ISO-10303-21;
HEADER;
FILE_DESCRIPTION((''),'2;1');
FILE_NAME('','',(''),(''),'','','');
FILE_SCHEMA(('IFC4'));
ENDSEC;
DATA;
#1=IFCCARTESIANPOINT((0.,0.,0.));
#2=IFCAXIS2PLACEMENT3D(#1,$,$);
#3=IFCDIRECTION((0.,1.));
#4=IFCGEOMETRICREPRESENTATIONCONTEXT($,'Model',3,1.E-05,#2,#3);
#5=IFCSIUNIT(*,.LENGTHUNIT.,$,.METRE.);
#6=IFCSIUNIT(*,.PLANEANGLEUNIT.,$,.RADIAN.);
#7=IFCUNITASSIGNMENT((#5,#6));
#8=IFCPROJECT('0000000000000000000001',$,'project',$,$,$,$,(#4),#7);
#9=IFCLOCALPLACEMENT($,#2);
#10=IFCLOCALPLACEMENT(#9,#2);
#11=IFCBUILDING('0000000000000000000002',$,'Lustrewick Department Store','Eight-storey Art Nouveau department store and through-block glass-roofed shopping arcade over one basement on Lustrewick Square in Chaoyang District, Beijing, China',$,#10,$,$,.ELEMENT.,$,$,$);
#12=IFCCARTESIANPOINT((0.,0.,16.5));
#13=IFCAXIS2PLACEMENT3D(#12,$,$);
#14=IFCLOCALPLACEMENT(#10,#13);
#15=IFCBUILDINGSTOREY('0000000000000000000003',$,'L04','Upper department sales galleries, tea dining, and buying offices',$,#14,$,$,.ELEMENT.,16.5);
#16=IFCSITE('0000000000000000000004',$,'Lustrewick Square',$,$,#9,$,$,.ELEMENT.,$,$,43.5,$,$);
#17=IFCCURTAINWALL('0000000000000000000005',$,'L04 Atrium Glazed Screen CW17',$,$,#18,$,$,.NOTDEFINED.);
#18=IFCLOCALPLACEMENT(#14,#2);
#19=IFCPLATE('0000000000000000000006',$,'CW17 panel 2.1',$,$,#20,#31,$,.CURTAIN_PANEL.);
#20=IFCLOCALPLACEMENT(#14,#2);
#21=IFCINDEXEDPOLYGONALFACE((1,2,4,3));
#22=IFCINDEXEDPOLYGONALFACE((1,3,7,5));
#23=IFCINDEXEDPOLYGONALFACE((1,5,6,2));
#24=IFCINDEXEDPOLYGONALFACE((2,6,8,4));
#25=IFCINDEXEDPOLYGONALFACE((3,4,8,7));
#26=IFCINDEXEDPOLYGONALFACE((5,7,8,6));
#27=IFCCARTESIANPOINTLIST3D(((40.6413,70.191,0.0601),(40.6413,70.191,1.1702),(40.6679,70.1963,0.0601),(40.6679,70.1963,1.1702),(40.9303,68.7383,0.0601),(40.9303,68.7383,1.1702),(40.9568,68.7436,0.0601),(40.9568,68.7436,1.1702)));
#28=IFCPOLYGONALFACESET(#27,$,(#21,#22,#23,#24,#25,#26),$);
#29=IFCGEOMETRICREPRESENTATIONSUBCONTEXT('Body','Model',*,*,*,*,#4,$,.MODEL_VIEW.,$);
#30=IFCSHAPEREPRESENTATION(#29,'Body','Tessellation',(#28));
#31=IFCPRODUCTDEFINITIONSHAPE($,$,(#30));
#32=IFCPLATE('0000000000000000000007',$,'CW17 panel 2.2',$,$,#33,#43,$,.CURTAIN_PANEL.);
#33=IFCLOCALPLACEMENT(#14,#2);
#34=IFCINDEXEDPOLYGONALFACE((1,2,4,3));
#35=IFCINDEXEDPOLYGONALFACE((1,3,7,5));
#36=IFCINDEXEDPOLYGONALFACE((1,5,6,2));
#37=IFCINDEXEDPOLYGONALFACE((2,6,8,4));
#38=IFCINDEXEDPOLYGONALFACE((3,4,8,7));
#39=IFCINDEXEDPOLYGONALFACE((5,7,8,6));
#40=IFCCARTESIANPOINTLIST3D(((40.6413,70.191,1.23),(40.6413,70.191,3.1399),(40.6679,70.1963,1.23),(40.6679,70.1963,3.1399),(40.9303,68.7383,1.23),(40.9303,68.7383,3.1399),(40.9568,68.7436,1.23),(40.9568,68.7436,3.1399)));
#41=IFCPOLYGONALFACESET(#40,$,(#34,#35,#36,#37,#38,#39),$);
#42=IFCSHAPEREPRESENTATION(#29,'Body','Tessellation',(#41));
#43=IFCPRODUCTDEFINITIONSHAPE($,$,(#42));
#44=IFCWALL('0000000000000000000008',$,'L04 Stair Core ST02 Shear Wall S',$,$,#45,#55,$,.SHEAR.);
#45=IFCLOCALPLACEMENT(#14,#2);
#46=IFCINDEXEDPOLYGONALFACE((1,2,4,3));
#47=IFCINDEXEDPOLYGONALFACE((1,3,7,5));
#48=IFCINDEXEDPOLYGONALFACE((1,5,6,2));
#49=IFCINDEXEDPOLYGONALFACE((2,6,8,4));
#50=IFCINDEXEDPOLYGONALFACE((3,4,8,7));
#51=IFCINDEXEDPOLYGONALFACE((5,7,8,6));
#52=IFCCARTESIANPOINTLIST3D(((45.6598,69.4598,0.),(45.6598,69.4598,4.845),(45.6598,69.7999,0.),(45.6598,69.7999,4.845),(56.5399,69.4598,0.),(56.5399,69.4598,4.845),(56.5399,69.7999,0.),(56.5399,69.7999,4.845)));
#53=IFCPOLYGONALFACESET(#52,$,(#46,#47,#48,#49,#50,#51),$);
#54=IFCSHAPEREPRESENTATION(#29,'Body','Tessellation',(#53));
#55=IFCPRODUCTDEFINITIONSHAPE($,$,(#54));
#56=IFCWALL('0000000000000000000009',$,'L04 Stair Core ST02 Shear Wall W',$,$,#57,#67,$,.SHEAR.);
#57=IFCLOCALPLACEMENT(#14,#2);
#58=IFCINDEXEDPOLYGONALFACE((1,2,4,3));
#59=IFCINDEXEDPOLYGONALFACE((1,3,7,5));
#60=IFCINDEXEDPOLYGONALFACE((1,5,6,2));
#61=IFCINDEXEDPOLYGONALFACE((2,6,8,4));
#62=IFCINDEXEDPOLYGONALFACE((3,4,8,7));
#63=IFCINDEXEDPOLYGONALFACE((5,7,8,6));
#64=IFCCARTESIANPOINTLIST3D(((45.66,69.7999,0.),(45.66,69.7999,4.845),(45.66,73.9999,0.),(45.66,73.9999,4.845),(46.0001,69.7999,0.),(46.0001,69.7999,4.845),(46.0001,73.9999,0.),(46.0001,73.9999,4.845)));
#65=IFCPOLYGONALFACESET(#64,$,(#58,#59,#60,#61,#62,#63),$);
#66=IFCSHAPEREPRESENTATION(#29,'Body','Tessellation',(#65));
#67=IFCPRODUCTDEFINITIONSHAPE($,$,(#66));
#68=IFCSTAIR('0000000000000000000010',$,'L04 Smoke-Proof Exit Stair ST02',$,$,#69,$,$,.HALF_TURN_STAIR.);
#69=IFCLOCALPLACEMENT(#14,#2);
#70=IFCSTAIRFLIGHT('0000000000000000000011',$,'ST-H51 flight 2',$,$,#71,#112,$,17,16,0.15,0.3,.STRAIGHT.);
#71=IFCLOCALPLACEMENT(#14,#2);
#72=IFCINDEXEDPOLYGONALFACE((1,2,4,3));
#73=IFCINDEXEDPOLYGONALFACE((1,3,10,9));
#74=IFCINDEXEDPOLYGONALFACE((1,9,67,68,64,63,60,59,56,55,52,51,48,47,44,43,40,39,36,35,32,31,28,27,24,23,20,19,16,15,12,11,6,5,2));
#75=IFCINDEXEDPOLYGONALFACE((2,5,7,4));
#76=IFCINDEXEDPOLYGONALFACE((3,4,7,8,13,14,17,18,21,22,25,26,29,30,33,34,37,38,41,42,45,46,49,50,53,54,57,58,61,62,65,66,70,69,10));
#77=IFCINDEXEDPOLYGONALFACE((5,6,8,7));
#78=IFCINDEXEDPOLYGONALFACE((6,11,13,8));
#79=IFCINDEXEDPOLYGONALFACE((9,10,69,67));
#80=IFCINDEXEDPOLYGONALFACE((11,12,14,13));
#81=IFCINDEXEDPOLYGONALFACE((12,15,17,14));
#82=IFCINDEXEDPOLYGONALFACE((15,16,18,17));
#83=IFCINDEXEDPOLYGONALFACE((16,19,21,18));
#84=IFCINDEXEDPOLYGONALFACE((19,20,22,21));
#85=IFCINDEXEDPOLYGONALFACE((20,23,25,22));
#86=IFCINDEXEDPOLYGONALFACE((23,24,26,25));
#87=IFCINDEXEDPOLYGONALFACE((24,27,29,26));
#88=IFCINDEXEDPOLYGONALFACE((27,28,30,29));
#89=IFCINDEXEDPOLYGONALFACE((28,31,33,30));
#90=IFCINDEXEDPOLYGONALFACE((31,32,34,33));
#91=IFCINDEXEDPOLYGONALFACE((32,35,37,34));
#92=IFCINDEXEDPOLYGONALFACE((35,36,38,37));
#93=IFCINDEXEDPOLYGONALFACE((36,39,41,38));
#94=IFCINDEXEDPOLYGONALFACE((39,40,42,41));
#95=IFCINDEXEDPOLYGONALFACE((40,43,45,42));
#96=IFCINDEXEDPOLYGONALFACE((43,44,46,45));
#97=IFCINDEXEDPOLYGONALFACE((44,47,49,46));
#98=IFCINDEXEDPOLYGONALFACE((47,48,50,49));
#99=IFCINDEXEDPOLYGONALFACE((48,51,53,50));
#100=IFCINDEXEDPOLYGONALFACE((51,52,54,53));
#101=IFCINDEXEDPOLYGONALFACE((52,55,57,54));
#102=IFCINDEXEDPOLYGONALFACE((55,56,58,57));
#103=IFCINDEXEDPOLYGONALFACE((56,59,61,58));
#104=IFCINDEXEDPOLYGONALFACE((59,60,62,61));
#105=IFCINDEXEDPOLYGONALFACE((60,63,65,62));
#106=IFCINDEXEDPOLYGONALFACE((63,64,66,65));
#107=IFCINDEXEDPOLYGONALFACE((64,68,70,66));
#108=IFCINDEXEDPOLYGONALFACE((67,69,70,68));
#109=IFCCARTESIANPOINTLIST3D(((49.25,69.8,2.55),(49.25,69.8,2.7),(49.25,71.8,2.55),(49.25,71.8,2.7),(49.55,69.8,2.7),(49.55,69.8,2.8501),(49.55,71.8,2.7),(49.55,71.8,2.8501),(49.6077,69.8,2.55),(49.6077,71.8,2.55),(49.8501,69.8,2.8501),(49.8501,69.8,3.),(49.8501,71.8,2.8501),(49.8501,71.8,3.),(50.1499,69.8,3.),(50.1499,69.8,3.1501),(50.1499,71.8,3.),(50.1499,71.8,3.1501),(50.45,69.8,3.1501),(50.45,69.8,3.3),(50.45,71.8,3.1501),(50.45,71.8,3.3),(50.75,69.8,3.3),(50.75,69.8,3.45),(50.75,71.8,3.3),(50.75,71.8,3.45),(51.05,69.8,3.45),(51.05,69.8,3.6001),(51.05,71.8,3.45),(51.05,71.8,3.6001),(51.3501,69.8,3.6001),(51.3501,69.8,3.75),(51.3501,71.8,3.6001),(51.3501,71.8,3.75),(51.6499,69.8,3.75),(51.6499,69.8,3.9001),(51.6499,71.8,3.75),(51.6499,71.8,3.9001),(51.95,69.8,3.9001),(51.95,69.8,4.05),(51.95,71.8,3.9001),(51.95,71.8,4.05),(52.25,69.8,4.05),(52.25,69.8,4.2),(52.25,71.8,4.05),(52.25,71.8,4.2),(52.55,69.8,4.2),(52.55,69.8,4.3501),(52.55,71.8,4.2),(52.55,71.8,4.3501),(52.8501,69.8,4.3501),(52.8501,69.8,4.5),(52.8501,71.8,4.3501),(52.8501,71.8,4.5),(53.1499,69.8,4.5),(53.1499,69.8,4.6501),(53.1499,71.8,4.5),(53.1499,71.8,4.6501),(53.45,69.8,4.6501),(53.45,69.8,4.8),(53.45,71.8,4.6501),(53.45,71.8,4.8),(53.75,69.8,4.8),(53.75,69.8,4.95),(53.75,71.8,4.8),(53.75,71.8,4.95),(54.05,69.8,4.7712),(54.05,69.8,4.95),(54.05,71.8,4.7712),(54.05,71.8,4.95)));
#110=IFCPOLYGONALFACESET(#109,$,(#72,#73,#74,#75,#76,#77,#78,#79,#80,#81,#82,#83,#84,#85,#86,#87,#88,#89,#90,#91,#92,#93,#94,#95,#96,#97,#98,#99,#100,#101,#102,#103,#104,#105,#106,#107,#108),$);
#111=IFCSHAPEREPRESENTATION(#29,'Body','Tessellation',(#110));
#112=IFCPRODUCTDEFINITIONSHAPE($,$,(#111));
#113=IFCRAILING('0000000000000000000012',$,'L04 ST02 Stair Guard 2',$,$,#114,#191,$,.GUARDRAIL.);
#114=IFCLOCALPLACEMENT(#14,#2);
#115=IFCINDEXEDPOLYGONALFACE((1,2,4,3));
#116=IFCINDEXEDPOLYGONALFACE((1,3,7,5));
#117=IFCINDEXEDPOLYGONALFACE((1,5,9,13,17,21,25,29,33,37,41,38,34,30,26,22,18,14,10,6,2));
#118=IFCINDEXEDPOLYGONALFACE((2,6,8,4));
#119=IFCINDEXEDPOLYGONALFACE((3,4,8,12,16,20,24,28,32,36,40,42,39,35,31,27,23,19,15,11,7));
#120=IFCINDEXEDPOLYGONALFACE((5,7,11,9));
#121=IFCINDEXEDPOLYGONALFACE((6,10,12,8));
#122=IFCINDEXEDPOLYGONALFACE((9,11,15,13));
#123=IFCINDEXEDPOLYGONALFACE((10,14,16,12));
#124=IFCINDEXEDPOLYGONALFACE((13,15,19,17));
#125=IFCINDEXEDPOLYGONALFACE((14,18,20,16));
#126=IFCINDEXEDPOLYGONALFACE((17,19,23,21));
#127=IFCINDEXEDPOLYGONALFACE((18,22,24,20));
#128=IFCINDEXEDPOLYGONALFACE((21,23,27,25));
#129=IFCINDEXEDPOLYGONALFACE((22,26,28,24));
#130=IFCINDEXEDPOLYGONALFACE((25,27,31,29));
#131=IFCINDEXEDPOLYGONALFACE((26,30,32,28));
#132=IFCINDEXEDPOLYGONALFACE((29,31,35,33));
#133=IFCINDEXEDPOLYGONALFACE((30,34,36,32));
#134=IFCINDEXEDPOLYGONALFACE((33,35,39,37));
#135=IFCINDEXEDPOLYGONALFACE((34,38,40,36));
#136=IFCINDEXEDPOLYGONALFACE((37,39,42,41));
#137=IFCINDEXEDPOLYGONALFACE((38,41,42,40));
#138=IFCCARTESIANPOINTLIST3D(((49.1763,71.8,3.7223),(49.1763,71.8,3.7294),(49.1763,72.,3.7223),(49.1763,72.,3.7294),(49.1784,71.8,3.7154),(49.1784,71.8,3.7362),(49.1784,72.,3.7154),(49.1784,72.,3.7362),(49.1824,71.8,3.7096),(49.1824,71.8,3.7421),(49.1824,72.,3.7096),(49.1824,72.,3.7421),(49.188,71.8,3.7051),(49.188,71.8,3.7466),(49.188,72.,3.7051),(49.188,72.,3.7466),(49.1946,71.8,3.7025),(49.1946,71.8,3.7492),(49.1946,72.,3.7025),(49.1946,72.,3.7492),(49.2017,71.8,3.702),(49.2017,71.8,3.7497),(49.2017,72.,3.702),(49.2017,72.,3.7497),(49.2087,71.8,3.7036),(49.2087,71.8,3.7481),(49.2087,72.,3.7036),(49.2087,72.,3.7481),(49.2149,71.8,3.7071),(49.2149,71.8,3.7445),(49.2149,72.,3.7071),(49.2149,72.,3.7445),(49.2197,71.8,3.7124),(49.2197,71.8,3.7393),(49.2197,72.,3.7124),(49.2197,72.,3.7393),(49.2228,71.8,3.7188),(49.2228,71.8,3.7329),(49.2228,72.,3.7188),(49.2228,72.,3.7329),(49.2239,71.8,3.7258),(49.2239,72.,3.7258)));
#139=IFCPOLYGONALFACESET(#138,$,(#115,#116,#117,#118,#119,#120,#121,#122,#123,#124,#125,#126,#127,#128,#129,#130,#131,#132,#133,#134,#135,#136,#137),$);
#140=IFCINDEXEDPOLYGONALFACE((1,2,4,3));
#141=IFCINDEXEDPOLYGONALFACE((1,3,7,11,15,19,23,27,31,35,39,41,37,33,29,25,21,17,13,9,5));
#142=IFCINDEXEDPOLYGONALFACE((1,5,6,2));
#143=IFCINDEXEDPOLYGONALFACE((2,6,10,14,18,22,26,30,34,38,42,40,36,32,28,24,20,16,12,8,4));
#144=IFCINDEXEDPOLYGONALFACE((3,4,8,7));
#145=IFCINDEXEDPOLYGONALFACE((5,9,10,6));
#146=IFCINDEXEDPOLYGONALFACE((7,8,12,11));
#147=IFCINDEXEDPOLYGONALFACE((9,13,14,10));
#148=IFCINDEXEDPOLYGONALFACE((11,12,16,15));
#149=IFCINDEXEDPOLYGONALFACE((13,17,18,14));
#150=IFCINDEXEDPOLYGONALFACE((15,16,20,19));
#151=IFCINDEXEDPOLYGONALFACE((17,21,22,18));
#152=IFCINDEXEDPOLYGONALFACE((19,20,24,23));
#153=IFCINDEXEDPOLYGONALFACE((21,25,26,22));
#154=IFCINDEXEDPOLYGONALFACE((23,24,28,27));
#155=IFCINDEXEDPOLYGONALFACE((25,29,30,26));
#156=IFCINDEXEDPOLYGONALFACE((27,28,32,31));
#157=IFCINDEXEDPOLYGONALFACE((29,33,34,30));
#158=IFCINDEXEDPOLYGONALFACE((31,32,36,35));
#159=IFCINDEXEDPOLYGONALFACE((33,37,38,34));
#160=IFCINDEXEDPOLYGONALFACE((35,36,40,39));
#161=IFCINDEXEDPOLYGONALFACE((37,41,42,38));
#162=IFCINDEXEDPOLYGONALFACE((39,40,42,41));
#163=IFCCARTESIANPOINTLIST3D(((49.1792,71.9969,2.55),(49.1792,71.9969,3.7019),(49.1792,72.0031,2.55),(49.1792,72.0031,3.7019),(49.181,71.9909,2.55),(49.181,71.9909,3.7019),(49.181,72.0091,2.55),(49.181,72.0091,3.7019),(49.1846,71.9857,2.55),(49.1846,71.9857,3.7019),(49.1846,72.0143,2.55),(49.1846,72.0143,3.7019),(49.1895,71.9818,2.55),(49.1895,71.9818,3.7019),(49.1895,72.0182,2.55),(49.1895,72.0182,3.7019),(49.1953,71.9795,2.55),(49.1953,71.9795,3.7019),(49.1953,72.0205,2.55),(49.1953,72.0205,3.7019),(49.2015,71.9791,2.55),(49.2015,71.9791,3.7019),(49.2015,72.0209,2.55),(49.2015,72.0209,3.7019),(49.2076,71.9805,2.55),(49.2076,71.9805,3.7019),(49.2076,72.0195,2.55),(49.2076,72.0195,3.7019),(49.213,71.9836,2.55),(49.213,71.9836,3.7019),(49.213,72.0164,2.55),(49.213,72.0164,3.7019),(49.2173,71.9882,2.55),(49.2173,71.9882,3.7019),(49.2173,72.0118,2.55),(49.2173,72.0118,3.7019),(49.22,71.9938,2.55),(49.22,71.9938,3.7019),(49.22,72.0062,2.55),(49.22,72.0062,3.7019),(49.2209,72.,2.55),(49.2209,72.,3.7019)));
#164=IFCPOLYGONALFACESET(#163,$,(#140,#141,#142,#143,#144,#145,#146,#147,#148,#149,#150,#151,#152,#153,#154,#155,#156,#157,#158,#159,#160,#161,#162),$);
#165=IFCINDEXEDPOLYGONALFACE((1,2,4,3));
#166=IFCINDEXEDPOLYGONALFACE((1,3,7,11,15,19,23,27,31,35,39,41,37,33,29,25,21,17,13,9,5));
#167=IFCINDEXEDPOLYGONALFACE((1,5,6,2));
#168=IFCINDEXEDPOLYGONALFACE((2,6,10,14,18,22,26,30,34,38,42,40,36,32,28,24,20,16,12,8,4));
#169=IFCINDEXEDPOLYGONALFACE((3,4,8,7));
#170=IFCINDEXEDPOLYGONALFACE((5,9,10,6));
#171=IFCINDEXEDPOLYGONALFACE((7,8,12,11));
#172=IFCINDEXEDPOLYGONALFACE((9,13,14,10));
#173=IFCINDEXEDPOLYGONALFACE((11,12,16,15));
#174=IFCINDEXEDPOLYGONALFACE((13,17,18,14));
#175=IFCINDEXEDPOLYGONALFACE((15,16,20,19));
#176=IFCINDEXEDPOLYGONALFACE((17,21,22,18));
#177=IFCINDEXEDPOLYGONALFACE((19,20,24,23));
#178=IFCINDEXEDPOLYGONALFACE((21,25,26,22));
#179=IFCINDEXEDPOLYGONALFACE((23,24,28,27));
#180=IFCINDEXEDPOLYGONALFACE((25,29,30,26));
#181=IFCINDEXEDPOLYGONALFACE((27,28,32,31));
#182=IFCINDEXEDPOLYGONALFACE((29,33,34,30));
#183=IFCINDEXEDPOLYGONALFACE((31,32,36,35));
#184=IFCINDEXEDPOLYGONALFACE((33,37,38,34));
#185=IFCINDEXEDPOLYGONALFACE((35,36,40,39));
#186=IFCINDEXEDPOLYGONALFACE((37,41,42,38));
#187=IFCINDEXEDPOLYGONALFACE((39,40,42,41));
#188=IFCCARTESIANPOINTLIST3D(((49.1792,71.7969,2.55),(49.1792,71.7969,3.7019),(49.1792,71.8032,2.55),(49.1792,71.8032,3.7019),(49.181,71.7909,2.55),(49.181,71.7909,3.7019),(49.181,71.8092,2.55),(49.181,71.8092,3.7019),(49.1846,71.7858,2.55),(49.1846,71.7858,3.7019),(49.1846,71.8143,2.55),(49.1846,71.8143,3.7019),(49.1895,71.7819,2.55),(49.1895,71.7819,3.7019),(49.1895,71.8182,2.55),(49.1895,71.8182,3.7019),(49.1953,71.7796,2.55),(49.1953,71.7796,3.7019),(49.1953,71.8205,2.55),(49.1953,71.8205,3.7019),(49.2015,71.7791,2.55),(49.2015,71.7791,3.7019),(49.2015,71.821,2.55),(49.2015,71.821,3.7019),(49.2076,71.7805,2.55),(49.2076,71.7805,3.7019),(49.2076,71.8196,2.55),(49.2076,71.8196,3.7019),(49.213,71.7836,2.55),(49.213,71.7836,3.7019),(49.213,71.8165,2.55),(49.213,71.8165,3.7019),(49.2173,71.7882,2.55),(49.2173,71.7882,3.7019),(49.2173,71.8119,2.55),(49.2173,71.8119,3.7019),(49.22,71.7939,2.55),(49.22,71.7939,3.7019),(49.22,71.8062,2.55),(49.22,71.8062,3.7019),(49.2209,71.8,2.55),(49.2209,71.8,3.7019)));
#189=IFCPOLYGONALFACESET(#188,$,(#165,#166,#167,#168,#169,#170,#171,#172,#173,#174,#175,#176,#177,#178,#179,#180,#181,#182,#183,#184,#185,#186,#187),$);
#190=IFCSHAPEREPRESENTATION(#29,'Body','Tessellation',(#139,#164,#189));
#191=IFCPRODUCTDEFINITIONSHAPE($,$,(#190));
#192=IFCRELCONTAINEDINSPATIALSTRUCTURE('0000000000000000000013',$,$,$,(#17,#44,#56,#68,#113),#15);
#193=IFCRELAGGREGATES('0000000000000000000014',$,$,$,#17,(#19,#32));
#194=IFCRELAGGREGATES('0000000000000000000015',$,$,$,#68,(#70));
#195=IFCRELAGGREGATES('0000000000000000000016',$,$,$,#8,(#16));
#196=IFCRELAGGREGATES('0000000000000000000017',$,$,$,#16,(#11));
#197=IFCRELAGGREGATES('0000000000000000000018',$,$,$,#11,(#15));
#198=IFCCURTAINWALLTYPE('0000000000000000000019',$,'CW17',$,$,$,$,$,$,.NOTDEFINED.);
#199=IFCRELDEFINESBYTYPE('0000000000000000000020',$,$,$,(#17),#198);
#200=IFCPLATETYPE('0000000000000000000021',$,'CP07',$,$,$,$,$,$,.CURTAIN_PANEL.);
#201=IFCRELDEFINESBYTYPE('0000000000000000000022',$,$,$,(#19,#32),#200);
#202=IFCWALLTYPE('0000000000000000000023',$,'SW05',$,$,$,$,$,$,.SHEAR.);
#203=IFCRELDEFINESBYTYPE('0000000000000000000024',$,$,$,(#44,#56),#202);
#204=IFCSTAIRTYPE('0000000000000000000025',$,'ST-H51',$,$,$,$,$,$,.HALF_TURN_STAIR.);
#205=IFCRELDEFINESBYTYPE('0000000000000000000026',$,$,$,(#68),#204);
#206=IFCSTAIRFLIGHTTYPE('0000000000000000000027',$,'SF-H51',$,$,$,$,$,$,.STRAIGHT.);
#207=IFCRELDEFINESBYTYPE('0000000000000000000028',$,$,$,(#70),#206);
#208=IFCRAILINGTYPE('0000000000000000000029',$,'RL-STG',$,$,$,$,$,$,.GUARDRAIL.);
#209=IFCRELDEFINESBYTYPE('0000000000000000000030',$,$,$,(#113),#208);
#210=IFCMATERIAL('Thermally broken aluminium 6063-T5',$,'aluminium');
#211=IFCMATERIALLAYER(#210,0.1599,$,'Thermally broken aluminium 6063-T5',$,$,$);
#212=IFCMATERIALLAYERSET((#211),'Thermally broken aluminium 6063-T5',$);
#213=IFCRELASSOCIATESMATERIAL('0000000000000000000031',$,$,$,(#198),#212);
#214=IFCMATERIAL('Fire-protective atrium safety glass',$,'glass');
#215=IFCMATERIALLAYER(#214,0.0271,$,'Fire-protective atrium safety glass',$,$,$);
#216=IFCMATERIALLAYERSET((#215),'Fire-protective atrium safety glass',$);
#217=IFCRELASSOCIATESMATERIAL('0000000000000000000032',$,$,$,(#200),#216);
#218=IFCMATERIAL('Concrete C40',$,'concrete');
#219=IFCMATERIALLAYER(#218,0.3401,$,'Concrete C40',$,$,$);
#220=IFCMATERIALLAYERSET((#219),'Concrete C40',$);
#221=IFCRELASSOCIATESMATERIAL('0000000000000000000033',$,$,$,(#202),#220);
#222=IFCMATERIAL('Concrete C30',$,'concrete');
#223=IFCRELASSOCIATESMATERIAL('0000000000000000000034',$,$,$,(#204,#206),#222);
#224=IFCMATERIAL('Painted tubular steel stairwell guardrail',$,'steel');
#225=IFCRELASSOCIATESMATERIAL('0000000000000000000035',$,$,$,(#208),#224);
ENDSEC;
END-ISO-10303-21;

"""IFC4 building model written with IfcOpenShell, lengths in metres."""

from ifc_helpers import new_model, si_unit, direction, frame, frame_2d, origin, origin_2d, place, context, subcontext, project, spatial, polyline, rectangle, circle, outline, extrude, material, layer, layer_set, type_object, element, aggregate, save


model = new_model("IFC4")

# Units and contexts
model_context = context("Model", 3, precision=1e-05, world=origin(), true_north=direction((0.0, 1.0)))
body_context = subcontext(model_context, "Body", "Model", "MODEL_VIEW")
ifc_project = project(units=[si_unit("LENGTHUNIT", "METRE"), si_unit("PLANEANGLEUNIT", "RADIAN")], contexts=[model_context])

# Site, building, storey
site_placement = place(None, origin())
site = spatial("IfcSite", under=ifc_project, at=site_placement, Name="Lustrewick Square", CompositionType="ELEMENT", RefElevation=43.5)
building_placement = place(site_placement, origin())
building = spatial("IfcBuilding", under=site, at=building_placement, Name="Lustrewick Department Store", Description="Eight-storey Art Nouveau department store and through-block glass-roofed shopping arcade over one basement on Lustrewick Square in Chaoyang District, Beijing, China", CompositionType="ELEMENT")
storey_placement = place(building_placement, frame((0.0, 0.0, 16.5)))
storey = spatial("IfcBuildingStorey", under=building, at=storey_placement, Name="L04", Description="Upper department sales galleries, tea dining, and buying offices", CompositionType="ELEMENT", Elevation=16.5)

# Curtain wall
ifc_material_1 = material(Name="Thermally broken aluminium 6063-T5", Category="aluminium")
ifc_layer_1 = layer(ifc_material_1, 0.1599, Name="Thermally broken aluminium 6063-T5")
ifc_layer_set_1 = layer_set([ifc_layer_1], Name="Thermally broken aluminium 6063-T5")
curtain_wall_type = type_object("IfcCurtainWallType", Name="CW17", PredefinedType="NOTDEFINED", material=ifc_layer_set_1)
curtain_wall_placement = place(storey_placement, origin())
curtain_wall = element("IfcCurtainWall", 1, at=curtain_wall_placement, inside=storey, type_object=curtain_wall_type, Name="L04 Atrium Glazed Screen CW17", PredefinedType="NOTDEFINED")

# Plates
ifc_material_2 = material(Name="Fire-protective atrium safety glass", Category="glass")
ifc_layer_2 = layer(ifc_material_2, 0.0271, Name="Fire-protective atrium safety glass")
ifc_layer_set_2 = layer_set([ifc_layer_2], Name="Fire-protective atrium safety glass")
plate_type = type_object("IfcPlateType", Name="CP07", PredefinedType="CURTAIN_PANEL", material=ifc_layer_set_2)
plate_1_placement = place(storey_placement, frame((40.7991, 69.4673, 0.0601), z_axis=(0.0, 0.0, 1.0), x_axis=(-0.195085, 0.980786, 0.0)))
plate_1 = element("IfcPlate", 2, at=plate_1_placement, type_object=plate_type, Name="CW17 panel 2.1", PredefinedType="CURTAIN_PANEL", context=body_context, shape_type="SweptSolid", body=[
    extrude(rectangle(XDim=1.4812, YDim=0.0271, at=origin_2d()), origin(), (0.0, 0.0, 1.0), 1.1101),
])
plate_2_placement = place(storey_placement, frame((40.7991, 69.4673, 1.23), z_axis=(0.0, 0.0, 1.0), x_axis=(-0.195085, 0.980786, 0.0)))
plate_2 = element("IfcPlate", 3, at=plate_2_placement, type_object=plate_type, Name="CW17 panel 2.2", PredefinedType="CURTAIN_PANEL", context=body_context, shape_type="SweptSolid", body=[
    extrude(rectangle(XDim=1.4812, YDim=0.0271, at=origin_2d()), origin(), (0.0, 0.0, 1.0), 1.9099),
])
aggregate(curtain_wall, [plate_1, plate_2])

# Walls
ifc_material_3 = material(Name="Concrete C40", Category="concrete")
ifc_layer_3 = layer(ifc_material_3, 0.3401, Name="Concrete C40")
ifc_layer_set_3 = layer_set([ifc_layer_3], Name="Concrete C40")
wall_type = type_object("IfcWallType", Name="SW05", PredefinedType="SHEAR", material=ifc_layer_set_3)
wall_1_placement = place(storey_placement, frame((45.6599, 69.6299, 0.0), z_axis=(0.0, 0.0, 1.0), x_axis=(1.0, 0.0, 0.0)))
element("IfcWall", 4, at=wall_1_placement, inside=storey, type_object=wall_type, Name="L04 Stair Core ST02 Shear Wall S", PredefinedType="SHEAR", context=body_context, shape_type="SweptSolid", body=[
    extrude(rectangle(XDim=10.8801, YDim=0.3401, at=frame_2d((5.4399, 0.0))), origin(), (0.0, 0.0, 1.0), 4.845),
])
wall_2_placement = place(storey_placement, frame((45.8301, 74.0, 0.0), z_axis=(0.0, 0.0, 1.0), x_axis=(0.0, -1.0, 0.0)))
element("IfcWall", 5, at=wall_2_placement, inside=storey, type_object=wall_type, Name="L04 Stair Core ST02 Shear Wall W", PredefinedType="SHEAR", context=body_context, shape_type="SweptSolid", body=[
    extrude(rectangle(XDim=4.2, YDim=0.3401, at=frame_2d((2.1001, 0.0))), origin(), (0.0, 0.0, 1.0), 4.845),
])

# Stair, stair flight
ifc_material_4 = material(Name="Concrete C30", Category="concrete")
stair_type = type_object("IfcStairType", Name="ST-H51", PredefinedType="HALF_TURN_STAIR", material=ifc_material_4)
stair_placement = place(storey_placement, origin())
stair = element("IfcStair", 6, at=stair_placement, inside=storey, type_object=stair_type, Name="L04 Smoke-Proof Exit Stair ST02", PredefinedType="HALF_TURN_STAIR")
stair_flight_type = type_object("IfcStairFlightType", Name="SF-H51", PredefinedType="STRAIGHT", material=ifc_material_4)
stair_flight_placement = place(storey_placement, frame((49.25, 70.8, 2.55), z_axis=(0.0, 0.0, 1.0), x_axis=(1.0, 0.0, 0.0)))
stair_flight = element("IfcStairFlight", 7, at=stair_flight_placement, type_object=stair_flight_type, Name="ST-H51 flight 2", NumberOfRisers=17, NumberOfTreads=16, PredefinedType="STRAIGHT", RiserHeight=0.15, TreadLength=0.3, context=body_context, shape_type="SweptSolid", body=[
    extrude(outline(polyline([(0.0, 0.0), (0.0, 0.1499), (0.3, 0.1499), (0.3, 0.3), (0.6001, 0.3), (0.6001, 0.45), (0.8999, 0.45), (0.8999, 0.6001), (1.2, 0.6001), (1.2, 0.75), (1.5, 0.75), (1.5, 0.8999), (1.8, 0.8999), (1.8, 1.05), (2.1001, 1.05), (2.1001, 1.2), (2.3999, 1.2), (2.3999, 1.3501), (2.7, 1.3501), (2.7, 1.5), (3.0, 1.5), (3.0, 1.6499), (3.3, 1.6499), (3.3, 1.8), (3.6001, 1.8), (3.6001, 1.95), (3.8999, 1.95), (3.8999, 2.1001), (4.2, 2.1001), (4.2, 2.25), (4.5, 2.25), (4.5, 2.3999), (4.8, 2.3999), (4.8, 2.55), (4.8, 2.2212), (0.3577, 0.0), (0.0, 0.0)])), frame((0.0, 1.0, 0.0), z_axis=(0.0, -1.0, 0.0), x_axis=(1.0, 0.0, 0.0)), (0.0, 0.0, 1.0), 2.0),
])
aggregate(stair, [stair_flight])

# Railing
ifc_material_5 = material(Name="Painted tubular steel stairwell guardrail", Category="steel")
railing_type_1 = type_object("IfcRailingType", Name="RL-STG", PredefinedType="GUARDRAIL", material=ifc_material_5)
railing_1_placement = place(storey_placement, frame((49.2, 72.0, 2.55)))
element("IfcRailing", 8, at=railing_1_placement, inside=storey, type_object=railing_type_1, Name="L04 ST02 Stair Guard 2", PredefinedType="GUARDRAIL", context=body_context, shape_type="SweptSolid", body=[
    extrude(circle(Radius=0.0239, at=origin_2d()), frame((0.0, 0.0, 1.1758), z_axis=(0.0, -1.0, 0.0), x_axis=(1.0, 0.0, 0.0)), (0.0, 0.0, 1.0), 0.2),
    extrude(circle(Radius=0.021, at=origin_2d()), origin(), (0.0, 0.0, 1.0), 1.1519),
    extrude(circle(Radius=0.021, at=origin_2d()), frame((0.0, -0.2, 0.0)), (0.0, 0.0, 1.0), 1.1519),
])

save(model, "model.ifc")
